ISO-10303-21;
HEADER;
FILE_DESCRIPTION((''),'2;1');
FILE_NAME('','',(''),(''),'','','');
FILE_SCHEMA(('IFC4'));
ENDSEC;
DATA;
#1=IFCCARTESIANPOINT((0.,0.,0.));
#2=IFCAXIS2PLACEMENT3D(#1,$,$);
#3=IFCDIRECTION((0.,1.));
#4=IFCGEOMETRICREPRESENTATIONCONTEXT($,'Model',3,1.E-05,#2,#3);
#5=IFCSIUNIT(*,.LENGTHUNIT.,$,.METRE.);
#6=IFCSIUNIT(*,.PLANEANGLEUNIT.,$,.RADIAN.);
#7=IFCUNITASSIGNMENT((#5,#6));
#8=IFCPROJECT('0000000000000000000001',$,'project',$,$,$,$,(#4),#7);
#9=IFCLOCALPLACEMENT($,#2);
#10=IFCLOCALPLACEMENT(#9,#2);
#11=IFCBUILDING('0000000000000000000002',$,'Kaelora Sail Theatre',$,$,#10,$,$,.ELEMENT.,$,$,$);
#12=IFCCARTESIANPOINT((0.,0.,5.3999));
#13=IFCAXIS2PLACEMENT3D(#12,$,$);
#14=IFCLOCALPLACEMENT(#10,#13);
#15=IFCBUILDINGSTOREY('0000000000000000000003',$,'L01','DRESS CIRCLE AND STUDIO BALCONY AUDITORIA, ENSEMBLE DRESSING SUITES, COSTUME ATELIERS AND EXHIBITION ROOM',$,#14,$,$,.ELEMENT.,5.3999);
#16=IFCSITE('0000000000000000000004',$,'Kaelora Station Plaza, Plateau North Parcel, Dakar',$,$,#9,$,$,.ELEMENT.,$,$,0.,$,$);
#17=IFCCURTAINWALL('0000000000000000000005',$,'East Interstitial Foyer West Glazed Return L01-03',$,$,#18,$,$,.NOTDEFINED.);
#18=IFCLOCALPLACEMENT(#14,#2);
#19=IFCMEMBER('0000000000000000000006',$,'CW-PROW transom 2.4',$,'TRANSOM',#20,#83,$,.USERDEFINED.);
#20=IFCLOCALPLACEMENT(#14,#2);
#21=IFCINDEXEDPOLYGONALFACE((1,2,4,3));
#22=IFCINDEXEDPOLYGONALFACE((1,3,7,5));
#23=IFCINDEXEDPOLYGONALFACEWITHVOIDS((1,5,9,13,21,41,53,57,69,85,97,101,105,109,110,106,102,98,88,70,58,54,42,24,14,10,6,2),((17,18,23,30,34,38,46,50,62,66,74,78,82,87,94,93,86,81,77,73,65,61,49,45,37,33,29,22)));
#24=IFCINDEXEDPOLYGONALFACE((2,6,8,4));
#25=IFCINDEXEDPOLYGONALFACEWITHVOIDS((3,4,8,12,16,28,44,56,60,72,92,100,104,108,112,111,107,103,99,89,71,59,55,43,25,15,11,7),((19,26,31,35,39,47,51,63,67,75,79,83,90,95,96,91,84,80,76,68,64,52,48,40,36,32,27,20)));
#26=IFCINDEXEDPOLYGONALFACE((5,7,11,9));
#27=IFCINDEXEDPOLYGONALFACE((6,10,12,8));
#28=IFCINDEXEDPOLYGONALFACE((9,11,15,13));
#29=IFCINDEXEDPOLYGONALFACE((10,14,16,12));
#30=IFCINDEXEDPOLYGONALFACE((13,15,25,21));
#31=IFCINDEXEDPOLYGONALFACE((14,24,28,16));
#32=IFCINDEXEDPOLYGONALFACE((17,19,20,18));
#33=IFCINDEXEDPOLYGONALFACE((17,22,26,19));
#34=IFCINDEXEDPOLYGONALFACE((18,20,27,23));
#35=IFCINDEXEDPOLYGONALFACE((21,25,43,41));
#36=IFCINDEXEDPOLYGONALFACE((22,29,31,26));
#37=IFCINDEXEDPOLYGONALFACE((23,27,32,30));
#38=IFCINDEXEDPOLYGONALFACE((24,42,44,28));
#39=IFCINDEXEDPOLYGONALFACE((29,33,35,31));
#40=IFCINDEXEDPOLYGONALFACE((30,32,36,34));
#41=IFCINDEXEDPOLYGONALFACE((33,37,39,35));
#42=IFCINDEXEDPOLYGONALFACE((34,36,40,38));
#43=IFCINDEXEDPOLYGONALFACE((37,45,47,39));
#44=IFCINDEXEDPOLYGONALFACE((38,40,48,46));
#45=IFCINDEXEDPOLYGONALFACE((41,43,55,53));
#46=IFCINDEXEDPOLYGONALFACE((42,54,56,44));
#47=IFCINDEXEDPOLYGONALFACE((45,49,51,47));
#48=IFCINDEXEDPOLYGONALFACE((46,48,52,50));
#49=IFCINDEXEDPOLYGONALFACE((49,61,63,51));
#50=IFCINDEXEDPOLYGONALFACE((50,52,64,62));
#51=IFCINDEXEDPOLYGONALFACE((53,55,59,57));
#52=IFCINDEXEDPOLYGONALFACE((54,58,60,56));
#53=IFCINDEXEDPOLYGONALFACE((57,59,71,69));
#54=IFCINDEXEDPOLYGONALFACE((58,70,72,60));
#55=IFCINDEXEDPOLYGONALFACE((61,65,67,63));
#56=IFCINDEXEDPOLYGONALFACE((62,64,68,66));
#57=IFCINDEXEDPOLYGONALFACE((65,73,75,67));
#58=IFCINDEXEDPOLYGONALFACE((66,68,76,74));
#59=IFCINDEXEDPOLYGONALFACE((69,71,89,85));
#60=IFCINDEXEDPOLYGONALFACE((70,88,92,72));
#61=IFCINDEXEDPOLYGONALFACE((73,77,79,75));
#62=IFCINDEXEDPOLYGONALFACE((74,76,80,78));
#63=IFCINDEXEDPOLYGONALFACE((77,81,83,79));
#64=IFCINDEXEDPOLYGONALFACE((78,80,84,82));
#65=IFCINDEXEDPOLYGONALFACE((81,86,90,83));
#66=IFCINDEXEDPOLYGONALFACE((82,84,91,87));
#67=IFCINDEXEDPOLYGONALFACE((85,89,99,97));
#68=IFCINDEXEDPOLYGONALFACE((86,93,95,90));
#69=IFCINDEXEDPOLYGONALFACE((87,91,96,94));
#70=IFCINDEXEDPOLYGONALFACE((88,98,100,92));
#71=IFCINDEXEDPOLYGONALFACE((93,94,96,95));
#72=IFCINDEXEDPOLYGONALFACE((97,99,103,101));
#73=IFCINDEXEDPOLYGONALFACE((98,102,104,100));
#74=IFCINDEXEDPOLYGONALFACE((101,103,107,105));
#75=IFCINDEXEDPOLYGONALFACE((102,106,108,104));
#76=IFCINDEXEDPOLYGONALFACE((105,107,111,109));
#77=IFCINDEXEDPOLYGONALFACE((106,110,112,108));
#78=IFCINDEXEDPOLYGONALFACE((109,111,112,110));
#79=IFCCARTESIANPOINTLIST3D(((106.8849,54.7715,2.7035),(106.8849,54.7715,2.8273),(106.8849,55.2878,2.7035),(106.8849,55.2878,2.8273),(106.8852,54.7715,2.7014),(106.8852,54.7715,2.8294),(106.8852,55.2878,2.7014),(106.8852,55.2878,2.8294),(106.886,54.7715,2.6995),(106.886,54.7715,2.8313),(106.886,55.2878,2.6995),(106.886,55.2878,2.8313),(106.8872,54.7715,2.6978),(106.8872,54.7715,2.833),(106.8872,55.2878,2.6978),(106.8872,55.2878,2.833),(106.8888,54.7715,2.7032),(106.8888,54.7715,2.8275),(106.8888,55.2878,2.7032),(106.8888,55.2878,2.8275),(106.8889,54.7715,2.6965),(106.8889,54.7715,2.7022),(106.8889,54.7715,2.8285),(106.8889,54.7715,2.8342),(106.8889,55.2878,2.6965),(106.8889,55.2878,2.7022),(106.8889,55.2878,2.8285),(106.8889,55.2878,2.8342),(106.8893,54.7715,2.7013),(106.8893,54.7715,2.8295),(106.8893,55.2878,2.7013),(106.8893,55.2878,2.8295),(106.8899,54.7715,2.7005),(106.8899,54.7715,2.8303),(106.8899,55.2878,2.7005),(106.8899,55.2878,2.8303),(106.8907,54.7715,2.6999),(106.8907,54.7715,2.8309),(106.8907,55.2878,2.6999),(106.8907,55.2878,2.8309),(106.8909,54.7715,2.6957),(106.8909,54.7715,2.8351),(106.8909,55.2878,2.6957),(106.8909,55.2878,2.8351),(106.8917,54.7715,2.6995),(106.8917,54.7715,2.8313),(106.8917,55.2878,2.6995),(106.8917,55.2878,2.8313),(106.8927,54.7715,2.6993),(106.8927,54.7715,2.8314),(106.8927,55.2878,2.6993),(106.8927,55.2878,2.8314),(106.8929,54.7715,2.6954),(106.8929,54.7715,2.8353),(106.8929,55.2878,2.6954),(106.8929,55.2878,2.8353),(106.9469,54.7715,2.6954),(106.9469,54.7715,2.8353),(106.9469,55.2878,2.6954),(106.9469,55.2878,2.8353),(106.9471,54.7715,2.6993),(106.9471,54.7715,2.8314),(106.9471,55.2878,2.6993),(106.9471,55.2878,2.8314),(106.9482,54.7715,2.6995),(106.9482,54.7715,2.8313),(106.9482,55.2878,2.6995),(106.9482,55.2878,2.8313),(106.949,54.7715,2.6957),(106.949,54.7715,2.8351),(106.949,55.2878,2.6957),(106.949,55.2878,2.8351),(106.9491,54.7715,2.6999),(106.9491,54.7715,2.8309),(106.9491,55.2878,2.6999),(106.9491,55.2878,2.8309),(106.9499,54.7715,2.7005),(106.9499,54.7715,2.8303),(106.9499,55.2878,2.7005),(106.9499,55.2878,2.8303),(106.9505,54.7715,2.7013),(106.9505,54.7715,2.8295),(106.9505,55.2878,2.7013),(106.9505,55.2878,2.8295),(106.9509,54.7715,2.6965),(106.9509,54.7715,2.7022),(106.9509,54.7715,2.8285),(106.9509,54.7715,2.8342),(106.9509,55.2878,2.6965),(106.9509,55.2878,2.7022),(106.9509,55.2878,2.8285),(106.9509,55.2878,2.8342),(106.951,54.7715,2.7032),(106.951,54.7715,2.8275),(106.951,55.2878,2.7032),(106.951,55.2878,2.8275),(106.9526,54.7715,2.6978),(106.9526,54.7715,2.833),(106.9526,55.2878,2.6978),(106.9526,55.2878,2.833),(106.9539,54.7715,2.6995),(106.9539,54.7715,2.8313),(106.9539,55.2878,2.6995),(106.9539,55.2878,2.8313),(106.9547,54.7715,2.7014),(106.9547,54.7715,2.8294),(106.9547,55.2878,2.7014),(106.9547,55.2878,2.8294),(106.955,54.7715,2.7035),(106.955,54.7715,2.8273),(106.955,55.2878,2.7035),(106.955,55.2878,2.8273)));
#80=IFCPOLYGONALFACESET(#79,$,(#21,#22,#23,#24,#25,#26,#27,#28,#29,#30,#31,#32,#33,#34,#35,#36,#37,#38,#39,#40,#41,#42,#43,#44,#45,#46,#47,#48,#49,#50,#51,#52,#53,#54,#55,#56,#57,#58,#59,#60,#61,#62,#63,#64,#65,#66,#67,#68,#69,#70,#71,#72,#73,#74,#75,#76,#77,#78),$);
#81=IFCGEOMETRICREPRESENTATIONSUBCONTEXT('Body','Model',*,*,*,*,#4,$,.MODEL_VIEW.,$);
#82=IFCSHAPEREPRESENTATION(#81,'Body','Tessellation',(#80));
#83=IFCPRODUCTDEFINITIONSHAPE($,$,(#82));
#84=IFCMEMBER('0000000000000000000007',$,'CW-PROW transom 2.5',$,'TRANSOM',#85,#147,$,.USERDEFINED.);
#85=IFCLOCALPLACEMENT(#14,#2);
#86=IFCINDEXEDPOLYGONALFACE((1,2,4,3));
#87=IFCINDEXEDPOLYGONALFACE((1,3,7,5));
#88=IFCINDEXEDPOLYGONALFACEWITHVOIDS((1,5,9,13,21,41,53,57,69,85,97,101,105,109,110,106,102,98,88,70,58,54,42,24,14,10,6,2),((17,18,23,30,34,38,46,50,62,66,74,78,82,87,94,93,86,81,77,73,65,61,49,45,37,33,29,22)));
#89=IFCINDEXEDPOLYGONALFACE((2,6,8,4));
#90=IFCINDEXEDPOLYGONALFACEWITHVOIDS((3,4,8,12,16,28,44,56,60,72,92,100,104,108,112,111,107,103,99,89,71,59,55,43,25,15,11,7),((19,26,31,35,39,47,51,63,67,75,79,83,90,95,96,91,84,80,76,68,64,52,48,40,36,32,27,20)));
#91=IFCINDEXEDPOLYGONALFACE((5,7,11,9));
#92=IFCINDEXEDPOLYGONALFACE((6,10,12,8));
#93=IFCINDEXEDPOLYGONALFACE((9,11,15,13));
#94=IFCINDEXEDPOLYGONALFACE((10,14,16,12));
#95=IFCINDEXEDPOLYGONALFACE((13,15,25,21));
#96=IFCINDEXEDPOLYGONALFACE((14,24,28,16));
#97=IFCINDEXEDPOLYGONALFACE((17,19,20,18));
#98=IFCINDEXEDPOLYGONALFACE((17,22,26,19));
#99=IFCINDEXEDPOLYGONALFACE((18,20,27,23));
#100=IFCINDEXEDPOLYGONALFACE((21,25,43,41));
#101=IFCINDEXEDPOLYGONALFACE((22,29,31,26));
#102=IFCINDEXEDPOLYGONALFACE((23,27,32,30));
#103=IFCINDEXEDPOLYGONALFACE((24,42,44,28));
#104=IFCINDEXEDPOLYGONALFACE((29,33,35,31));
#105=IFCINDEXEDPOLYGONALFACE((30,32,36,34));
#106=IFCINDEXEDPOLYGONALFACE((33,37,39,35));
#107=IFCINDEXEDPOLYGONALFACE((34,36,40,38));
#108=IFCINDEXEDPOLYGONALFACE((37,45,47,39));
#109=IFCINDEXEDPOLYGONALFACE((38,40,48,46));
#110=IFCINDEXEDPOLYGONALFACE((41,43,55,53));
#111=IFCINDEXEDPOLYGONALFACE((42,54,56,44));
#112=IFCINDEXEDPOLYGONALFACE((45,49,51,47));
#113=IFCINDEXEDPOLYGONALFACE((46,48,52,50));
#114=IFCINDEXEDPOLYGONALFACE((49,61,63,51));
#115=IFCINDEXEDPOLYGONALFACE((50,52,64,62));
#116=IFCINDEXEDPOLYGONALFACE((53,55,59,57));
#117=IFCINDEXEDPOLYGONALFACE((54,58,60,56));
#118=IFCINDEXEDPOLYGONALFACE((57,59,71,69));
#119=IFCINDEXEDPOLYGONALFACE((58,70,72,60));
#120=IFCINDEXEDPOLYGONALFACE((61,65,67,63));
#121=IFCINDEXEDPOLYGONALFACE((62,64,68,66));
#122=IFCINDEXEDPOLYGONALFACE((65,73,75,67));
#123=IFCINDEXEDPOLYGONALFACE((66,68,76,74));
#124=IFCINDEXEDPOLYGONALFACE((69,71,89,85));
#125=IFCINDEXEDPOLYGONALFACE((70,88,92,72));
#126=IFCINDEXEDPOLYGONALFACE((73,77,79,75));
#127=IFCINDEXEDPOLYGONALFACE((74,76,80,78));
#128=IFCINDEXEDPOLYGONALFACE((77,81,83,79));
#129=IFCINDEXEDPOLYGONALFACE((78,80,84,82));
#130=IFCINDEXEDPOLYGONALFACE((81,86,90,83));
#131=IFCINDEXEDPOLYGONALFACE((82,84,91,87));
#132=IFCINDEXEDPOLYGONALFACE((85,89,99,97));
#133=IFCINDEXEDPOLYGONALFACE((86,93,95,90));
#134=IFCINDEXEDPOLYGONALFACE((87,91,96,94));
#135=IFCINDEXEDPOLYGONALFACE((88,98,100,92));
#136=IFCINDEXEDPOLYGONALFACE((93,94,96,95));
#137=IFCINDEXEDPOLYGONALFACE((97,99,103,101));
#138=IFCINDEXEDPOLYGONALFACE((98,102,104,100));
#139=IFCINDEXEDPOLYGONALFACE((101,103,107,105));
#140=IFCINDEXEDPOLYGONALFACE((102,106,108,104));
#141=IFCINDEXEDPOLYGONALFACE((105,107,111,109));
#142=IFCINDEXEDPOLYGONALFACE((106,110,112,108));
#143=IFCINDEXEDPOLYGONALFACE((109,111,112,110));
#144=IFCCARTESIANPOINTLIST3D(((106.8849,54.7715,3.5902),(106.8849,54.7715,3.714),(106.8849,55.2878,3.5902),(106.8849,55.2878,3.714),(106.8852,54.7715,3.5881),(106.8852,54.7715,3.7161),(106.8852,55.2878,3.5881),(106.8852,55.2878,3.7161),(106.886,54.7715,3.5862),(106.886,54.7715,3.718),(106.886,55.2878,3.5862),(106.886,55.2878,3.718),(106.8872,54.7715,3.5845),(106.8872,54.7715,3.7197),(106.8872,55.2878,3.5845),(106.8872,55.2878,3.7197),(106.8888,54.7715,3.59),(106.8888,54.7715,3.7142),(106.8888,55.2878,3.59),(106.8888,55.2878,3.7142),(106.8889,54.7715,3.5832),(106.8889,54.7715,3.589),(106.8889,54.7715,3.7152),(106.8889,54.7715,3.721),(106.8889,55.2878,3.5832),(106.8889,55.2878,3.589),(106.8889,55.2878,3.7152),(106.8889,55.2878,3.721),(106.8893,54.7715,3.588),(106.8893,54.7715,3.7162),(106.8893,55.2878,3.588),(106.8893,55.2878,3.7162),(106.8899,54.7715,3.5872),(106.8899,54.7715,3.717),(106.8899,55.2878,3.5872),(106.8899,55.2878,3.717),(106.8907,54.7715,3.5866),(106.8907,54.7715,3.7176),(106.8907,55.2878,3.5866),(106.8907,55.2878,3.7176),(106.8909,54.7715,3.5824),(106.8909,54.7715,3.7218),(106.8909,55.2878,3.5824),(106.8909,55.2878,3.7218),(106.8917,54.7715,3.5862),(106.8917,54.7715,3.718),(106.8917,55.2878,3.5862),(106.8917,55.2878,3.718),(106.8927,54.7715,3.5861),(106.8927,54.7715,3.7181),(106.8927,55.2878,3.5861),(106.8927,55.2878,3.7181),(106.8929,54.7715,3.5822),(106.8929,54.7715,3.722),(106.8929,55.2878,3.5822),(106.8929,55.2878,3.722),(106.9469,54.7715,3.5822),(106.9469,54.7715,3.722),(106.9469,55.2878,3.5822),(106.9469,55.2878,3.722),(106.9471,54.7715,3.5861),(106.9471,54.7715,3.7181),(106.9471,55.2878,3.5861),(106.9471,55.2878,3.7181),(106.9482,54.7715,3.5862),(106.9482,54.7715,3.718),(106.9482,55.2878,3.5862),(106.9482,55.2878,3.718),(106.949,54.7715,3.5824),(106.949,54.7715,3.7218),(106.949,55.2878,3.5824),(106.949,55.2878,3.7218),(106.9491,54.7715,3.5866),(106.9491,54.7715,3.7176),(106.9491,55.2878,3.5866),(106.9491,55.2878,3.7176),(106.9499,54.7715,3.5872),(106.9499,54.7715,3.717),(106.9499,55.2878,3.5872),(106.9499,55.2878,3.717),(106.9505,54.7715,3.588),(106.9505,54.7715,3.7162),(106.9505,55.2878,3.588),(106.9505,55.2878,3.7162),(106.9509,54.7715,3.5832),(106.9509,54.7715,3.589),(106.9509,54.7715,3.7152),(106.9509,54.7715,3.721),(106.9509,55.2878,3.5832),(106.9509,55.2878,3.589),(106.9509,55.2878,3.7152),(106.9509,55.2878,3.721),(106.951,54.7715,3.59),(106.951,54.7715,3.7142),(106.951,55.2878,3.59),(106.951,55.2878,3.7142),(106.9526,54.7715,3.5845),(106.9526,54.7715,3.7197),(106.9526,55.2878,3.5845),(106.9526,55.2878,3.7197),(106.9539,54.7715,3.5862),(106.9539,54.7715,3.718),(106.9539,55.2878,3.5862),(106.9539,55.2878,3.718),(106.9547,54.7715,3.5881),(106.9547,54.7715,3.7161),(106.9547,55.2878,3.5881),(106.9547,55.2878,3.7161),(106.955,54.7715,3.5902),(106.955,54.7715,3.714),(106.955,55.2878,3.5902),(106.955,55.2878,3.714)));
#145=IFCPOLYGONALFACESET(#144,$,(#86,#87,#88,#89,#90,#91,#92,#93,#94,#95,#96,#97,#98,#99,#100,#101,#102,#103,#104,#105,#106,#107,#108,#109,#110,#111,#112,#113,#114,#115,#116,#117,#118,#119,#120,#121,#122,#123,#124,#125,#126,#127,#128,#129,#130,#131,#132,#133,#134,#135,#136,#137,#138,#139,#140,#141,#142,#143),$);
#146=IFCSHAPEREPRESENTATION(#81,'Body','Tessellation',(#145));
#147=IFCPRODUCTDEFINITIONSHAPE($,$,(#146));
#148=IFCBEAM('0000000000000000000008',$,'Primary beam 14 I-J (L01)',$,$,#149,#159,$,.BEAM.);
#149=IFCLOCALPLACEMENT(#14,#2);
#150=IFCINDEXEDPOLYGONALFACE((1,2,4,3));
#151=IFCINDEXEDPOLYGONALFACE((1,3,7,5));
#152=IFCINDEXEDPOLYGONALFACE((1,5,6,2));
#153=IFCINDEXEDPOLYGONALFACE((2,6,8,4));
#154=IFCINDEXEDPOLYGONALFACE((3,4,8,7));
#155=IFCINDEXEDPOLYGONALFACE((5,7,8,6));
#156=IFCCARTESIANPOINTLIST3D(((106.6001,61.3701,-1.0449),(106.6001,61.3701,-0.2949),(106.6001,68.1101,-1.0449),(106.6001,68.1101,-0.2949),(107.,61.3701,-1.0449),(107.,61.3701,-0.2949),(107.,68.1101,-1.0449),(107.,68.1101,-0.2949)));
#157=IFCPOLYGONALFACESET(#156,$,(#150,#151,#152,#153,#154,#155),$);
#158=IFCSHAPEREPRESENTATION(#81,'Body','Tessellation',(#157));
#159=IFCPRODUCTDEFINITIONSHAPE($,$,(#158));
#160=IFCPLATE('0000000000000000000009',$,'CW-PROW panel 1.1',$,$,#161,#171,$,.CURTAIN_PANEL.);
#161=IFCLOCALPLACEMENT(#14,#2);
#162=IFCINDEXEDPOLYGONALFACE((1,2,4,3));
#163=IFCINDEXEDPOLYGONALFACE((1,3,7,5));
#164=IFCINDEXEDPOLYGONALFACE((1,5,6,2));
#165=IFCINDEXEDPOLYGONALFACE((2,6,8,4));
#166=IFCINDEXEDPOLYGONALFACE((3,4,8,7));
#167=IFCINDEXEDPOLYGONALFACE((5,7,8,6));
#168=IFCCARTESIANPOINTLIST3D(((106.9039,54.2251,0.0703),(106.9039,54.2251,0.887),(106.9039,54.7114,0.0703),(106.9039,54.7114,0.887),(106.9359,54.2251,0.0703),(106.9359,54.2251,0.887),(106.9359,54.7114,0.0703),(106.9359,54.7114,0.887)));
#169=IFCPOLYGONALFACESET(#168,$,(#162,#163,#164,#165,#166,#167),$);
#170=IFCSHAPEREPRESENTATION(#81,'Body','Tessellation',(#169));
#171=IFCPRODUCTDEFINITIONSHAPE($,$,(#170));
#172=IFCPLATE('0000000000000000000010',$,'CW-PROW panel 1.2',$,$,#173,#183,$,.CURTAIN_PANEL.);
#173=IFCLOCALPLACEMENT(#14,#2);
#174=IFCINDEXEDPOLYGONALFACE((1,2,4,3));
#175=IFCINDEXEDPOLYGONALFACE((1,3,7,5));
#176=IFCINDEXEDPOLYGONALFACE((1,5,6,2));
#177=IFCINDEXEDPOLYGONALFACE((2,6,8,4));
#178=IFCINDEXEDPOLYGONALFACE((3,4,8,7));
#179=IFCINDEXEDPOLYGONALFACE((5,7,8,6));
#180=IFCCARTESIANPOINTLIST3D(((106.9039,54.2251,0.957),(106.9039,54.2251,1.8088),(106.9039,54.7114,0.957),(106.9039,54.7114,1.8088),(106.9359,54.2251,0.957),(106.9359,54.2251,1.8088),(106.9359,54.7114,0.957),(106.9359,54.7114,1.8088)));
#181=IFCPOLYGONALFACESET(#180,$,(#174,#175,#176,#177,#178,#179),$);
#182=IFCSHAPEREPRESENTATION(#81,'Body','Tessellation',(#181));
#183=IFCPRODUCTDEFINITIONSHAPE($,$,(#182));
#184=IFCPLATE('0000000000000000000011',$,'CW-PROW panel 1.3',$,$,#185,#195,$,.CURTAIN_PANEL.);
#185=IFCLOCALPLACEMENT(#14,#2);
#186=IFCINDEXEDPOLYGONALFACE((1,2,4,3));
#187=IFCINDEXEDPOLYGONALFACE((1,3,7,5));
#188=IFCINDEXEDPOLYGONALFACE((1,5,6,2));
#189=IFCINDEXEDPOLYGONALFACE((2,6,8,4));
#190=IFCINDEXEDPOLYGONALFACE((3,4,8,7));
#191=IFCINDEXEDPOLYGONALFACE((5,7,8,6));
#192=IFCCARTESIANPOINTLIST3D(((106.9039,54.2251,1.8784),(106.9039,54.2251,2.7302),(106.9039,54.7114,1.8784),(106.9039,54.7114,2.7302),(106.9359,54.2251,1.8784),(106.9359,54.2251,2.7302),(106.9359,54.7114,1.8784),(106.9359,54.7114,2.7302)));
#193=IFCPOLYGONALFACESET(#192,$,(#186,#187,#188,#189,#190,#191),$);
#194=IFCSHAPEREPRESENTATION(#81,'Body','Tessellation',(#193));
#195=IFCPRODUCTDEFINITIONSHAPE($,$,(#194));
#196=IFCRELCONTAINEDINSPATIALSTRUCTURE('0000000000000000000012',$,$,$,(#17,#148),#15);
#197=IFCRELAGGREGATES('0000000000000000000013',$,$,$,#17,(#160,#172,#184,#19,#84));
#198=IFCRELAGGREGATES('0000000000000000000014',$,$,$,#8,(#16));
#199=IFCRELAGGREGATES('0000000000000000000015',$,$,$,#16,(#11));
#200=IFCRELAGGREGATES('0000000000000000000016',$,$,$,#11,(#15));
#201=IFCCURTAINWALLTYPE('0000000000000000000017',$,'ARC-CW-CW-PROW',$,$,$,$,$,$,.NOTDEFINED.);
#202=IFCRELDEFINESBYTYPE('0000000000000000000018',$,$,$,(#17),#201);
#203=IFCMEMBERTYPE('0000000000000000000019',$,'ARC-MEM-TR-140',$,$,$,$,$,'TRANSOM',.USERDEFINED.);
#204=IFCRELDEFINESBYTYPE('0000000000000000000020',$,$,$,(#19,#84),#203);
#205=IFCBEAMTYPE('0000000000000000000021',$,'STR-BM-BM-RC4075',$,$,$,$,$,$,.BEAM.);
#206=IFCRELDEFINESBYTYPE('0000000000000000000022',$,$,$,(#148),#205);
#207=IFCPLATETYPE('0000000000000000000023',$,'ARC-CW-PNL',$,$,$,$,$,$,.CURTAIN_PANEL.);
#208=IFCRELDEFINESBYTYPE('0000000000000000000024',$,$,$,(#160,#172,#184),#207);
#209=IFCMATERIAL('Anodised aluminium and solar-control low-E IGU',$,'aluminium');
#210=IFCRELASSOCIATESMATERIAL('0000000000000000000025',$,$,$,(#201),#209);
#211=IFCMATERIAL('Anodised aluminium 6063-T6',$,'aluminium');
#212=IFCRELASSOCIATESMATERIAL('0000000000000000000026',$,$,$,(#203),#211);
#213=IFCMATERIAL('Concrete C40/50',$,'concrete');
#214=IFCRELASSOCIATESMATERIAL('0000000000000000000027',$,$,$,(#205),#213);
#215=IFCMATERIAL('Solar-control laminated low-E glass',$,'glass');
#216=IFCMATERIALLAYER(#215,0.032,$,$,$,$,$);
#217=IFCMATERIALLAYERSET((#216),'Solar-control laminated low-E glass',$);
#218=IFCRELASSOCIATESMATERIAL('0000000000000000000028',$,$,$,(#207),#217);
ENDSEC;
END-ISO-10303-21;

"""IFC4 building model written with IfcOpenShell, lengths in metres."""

from ifc_helpers import new_model, si_unit, direction, frame, origin, origin_2d, place, context, subcontext, project, spatial, rectangle, hollow_rectangle, extrude, material, layer, layer_set, material_profile, profile_set, type_object, element, aggregate, save


model = new_model("IFC4")

# Units and contexts
model_context = context("Model", 3, precision=1e-05, world=origin(), true_north=direction((0.0, 1.0)))
body_context = subcontext(model_context, "Body", "Model", "MODEL_VIEW")
ifc_project = project(units=[si_unit("LENGTHUNIT", "METRE"), si_unit("PLANEANGLEUNIT", "RADIAN")], contexts=[model_context])

# Site, building, storey
site_placement = place(None, origin())
site = spatial("IfcSite", under=ifc_project, at=site_placement, Name="Kaelora Station Plaza, Plateau North Parcel, Dakar", CompositionType="ELEMENT", RefElevation=0.0)
building_placement = place(site_placement, origin())
building = spatial("IfcBuilding", under=site, at=building_placement, Name="Kaelora Sail Theatre", CompositionType="ELEMENT")
storey_placement = place(building_placement, frame((0.0, 0.0, 5.3999)))
storey = spatial("IfcBuildingStorey", under=building, at=storey_placement, Name="L01", Description="DRESS CIRCLE AND STUDIO BALCONY AUDITORIA, ENSEMBLE DRESSING SUITES, COSTUME ATELIERS AND EXHIBITION ROOM", CompositionType="ELEMENT", Elevation=5.3999)

# Curtain wall, members
ifc_material_1 = material(Name="Anodised aluminium and solar-control low-E IGU", Category="aluminium")
curtain_wall_type = type_object("IfcCurtainWallType", Name="ARC-CW-CW-PROW", PredefinedType="NOTDEFINED", material=ifc_material_1)
curtain_wall_placement = place(storey_placement, origin())
curtain_wall = element("IfcCurtainWall", 1, at=curtain_wall_placement, inside=storey, type_object=curtain_wall_type, Name="East Interstitial Foyer West Glazed Return L01-03", PredefinedType="NOTDEFINED")
ifc_material_2 = material(Name="Anodised aluminium 6063-T6", Category="aluminium")
ifc_material_profile_1 = material_profile(ifc_material_2, hollow_rectangle(XDim=0.0701, YDim=0.1399, WallThickness=0.0039, InnerFilletRadius=0.0039, OuterFilletRadius=0.0081, at=origin_2d()), Name="ALU-TRAN 70x140x4")
ifc_profile_set_1 = profile_set([ifc_material_profile_1], Name="Anodised aluminium 6063-T6")
member_type_1 = type_object("IfcMemberType", Name="ARC-MEM-TR-140", ElementType="TRANSOM", PredefinedType="USERDEFINED", material=ifc_profile_set_1)
member_1_placement = place(storey_placement, frame((106.9199, 54.7715, 2.7654), z_axis=(0.0, 1.0, 0.0), x_axis=(-1.0, 0.0, 0.0)))
member_1 = element("IfcMember", 2, at=member_1_placement, type_object=member_type_1, Name="CW-PROW transom 2.4", ObjectType="TRANSOM", PredefinedType="USERDEFINED", context=body_context, shape_type="SweptSolid", body=[
    extrude(hollow_rectangle(XDim=0.0701, YDim=0.1399, WallThickness=0.0039, InnerFilletRadius=0.0039, OuterFilletRadius=0.0081, at=origin_2d()), origin(), (0.0, 0.0, 1.0), 0.5164),
])
member_2_placement = place(storey_placement, frame((106.9199, 54.7715, 3.6521), z_axis=(0.0, 1.0, 0.0), x_axis=(-1.0, 0.0, 0.0)))
member_2 = element("IfcMember", 3, at=member_2_placement, type_object=member_type_1, Name="CW-PROW transom 2.5", ObjectType="TRANSOM", PredefinedType="USERDEFINED", context=body_context, shape_type="SweptSolid", body=[
    extrude(hollow_rectangle(XDim=0.0701, YDim=0.1399, WallThickness=0.0039, InnerFilletRadius=0.0039, OuterFilletRadius=0.0081, at=origin_2d()), origin(), (0.0, 0.0, 1.0), 0.5164),
])

# Beam
ifc_material_3 = material(Name="Concrete C40/50", Category="concrete")
ifc_material_profile_2 = material_profile(ifc_material_3, rectangle(XDim=0.3999, YDim=0.75, at=origin_2d()), Name="RC-BM 400x750")
ifc_profile_set_2 = profile_set([ifc_material_profile_2], Name="Concrete C40/50")
beam_type = type_object("IfcBeamType", Name="STR-BM-BM-RC4075", PredefinedType="BEAM", material=ifc_profile_set_2)
beam_placement = place(storey_placement, frame((106.8, 61.3701, -0.6699), z_axis=(0.0, 1.0, 0.0), x_axis=(-1.0, 0.0, 0.0)))
element("IfcBeam", 4, at=beam_placement, inside=storey, type_object=beam_type, Name="Primary beam 14 I-J (L01)", PredefinedType="BEAM", context=body_context, shape_type="SweptSolid", body=[
    extrude(rectangle(XDim=0.3999, YDim=0.75, at=origin_2d()), origin(), (0.0, 0.0, 1.0), 6.74),
])

# Plates
ifc_material_4 = material(Name="Solar-control laminated low-E glass", Category="glass")
ifc_layer = layer(ifc_material_4, 0.032)
ifc_layer_set = layer_set([ifc_layer], Name="Solar-control laminated low-E glass")
plate_type = type_object("IfcPlateType", Name="ARC-CW-PNL", PredefinedType="CURTAIN_PANEL", material=ifc_layer_set)
plate_1_placement = place(storey_placement, frame((106.9199, 54.4683, 0.0703), z_axis=(0.0, 0.0, 1.0), x_axis=(0.0, 1.0, 0.0)))
plate_1 = element("IfcPlate", 5, at=plate_1_placement, type_object=plate_type, Name="CW-PROW panel 1.1", PredefinedType="CURTAIN_PANEL", context=body_context, shape_type="SweptSolid", body=[
    extrude(rectangle(XDim=0.4863, YDim=0.032, at=origin_2d()), origin(), (0.0, 0.0, 1.0), 0.8167),
])
plate_2_placement = place(storey_placement, frame((106.9199, 54.4683, 0.957), z_axis=(0.0, 0.0, 1.0), x_axis=(0.0, 1.0, 0.0)))
plate_2 = element("IfcPlate", 6, at=plate_2_placement, type_object=plate_type, Name="CW-PROW panel 1.2", PredefinedType="CURTAIN_PANEL", context=body_context, shape_type="SweptSolid", body=[
    extrude(rectangle(XDim=0.4863, YDim=0.032, at=origin_2d()), origin(), (0.0, 0.0, 1.0), 0.8518),
])
plate_3_placement = place(storey_placement, frame((106.9199, 54.4683, 1.8784), z_axis=(0.0, 0.0, 1.0), x_axis=(0.0, 1.0, 0.0)))
plate_3 = element("IfcPlate", 7, at=plate_3_placement, type_object=plate_type, Name="CW-PROW panel 1.3", PredefinedType="CURTAIN_PANEL", context=body_context, shape_type="SweptSolid", body=[
    extrude(rectangle(XDim=0.4863, YDim=0.032, at=origin_2d()), origin(), (0.0, 0.0, 1.0), 0.8518),
])
aggregate(curtain_wall, [plate_1, plate_2, plate_3, member_1, member_2])

save(model, "model.ifc")
